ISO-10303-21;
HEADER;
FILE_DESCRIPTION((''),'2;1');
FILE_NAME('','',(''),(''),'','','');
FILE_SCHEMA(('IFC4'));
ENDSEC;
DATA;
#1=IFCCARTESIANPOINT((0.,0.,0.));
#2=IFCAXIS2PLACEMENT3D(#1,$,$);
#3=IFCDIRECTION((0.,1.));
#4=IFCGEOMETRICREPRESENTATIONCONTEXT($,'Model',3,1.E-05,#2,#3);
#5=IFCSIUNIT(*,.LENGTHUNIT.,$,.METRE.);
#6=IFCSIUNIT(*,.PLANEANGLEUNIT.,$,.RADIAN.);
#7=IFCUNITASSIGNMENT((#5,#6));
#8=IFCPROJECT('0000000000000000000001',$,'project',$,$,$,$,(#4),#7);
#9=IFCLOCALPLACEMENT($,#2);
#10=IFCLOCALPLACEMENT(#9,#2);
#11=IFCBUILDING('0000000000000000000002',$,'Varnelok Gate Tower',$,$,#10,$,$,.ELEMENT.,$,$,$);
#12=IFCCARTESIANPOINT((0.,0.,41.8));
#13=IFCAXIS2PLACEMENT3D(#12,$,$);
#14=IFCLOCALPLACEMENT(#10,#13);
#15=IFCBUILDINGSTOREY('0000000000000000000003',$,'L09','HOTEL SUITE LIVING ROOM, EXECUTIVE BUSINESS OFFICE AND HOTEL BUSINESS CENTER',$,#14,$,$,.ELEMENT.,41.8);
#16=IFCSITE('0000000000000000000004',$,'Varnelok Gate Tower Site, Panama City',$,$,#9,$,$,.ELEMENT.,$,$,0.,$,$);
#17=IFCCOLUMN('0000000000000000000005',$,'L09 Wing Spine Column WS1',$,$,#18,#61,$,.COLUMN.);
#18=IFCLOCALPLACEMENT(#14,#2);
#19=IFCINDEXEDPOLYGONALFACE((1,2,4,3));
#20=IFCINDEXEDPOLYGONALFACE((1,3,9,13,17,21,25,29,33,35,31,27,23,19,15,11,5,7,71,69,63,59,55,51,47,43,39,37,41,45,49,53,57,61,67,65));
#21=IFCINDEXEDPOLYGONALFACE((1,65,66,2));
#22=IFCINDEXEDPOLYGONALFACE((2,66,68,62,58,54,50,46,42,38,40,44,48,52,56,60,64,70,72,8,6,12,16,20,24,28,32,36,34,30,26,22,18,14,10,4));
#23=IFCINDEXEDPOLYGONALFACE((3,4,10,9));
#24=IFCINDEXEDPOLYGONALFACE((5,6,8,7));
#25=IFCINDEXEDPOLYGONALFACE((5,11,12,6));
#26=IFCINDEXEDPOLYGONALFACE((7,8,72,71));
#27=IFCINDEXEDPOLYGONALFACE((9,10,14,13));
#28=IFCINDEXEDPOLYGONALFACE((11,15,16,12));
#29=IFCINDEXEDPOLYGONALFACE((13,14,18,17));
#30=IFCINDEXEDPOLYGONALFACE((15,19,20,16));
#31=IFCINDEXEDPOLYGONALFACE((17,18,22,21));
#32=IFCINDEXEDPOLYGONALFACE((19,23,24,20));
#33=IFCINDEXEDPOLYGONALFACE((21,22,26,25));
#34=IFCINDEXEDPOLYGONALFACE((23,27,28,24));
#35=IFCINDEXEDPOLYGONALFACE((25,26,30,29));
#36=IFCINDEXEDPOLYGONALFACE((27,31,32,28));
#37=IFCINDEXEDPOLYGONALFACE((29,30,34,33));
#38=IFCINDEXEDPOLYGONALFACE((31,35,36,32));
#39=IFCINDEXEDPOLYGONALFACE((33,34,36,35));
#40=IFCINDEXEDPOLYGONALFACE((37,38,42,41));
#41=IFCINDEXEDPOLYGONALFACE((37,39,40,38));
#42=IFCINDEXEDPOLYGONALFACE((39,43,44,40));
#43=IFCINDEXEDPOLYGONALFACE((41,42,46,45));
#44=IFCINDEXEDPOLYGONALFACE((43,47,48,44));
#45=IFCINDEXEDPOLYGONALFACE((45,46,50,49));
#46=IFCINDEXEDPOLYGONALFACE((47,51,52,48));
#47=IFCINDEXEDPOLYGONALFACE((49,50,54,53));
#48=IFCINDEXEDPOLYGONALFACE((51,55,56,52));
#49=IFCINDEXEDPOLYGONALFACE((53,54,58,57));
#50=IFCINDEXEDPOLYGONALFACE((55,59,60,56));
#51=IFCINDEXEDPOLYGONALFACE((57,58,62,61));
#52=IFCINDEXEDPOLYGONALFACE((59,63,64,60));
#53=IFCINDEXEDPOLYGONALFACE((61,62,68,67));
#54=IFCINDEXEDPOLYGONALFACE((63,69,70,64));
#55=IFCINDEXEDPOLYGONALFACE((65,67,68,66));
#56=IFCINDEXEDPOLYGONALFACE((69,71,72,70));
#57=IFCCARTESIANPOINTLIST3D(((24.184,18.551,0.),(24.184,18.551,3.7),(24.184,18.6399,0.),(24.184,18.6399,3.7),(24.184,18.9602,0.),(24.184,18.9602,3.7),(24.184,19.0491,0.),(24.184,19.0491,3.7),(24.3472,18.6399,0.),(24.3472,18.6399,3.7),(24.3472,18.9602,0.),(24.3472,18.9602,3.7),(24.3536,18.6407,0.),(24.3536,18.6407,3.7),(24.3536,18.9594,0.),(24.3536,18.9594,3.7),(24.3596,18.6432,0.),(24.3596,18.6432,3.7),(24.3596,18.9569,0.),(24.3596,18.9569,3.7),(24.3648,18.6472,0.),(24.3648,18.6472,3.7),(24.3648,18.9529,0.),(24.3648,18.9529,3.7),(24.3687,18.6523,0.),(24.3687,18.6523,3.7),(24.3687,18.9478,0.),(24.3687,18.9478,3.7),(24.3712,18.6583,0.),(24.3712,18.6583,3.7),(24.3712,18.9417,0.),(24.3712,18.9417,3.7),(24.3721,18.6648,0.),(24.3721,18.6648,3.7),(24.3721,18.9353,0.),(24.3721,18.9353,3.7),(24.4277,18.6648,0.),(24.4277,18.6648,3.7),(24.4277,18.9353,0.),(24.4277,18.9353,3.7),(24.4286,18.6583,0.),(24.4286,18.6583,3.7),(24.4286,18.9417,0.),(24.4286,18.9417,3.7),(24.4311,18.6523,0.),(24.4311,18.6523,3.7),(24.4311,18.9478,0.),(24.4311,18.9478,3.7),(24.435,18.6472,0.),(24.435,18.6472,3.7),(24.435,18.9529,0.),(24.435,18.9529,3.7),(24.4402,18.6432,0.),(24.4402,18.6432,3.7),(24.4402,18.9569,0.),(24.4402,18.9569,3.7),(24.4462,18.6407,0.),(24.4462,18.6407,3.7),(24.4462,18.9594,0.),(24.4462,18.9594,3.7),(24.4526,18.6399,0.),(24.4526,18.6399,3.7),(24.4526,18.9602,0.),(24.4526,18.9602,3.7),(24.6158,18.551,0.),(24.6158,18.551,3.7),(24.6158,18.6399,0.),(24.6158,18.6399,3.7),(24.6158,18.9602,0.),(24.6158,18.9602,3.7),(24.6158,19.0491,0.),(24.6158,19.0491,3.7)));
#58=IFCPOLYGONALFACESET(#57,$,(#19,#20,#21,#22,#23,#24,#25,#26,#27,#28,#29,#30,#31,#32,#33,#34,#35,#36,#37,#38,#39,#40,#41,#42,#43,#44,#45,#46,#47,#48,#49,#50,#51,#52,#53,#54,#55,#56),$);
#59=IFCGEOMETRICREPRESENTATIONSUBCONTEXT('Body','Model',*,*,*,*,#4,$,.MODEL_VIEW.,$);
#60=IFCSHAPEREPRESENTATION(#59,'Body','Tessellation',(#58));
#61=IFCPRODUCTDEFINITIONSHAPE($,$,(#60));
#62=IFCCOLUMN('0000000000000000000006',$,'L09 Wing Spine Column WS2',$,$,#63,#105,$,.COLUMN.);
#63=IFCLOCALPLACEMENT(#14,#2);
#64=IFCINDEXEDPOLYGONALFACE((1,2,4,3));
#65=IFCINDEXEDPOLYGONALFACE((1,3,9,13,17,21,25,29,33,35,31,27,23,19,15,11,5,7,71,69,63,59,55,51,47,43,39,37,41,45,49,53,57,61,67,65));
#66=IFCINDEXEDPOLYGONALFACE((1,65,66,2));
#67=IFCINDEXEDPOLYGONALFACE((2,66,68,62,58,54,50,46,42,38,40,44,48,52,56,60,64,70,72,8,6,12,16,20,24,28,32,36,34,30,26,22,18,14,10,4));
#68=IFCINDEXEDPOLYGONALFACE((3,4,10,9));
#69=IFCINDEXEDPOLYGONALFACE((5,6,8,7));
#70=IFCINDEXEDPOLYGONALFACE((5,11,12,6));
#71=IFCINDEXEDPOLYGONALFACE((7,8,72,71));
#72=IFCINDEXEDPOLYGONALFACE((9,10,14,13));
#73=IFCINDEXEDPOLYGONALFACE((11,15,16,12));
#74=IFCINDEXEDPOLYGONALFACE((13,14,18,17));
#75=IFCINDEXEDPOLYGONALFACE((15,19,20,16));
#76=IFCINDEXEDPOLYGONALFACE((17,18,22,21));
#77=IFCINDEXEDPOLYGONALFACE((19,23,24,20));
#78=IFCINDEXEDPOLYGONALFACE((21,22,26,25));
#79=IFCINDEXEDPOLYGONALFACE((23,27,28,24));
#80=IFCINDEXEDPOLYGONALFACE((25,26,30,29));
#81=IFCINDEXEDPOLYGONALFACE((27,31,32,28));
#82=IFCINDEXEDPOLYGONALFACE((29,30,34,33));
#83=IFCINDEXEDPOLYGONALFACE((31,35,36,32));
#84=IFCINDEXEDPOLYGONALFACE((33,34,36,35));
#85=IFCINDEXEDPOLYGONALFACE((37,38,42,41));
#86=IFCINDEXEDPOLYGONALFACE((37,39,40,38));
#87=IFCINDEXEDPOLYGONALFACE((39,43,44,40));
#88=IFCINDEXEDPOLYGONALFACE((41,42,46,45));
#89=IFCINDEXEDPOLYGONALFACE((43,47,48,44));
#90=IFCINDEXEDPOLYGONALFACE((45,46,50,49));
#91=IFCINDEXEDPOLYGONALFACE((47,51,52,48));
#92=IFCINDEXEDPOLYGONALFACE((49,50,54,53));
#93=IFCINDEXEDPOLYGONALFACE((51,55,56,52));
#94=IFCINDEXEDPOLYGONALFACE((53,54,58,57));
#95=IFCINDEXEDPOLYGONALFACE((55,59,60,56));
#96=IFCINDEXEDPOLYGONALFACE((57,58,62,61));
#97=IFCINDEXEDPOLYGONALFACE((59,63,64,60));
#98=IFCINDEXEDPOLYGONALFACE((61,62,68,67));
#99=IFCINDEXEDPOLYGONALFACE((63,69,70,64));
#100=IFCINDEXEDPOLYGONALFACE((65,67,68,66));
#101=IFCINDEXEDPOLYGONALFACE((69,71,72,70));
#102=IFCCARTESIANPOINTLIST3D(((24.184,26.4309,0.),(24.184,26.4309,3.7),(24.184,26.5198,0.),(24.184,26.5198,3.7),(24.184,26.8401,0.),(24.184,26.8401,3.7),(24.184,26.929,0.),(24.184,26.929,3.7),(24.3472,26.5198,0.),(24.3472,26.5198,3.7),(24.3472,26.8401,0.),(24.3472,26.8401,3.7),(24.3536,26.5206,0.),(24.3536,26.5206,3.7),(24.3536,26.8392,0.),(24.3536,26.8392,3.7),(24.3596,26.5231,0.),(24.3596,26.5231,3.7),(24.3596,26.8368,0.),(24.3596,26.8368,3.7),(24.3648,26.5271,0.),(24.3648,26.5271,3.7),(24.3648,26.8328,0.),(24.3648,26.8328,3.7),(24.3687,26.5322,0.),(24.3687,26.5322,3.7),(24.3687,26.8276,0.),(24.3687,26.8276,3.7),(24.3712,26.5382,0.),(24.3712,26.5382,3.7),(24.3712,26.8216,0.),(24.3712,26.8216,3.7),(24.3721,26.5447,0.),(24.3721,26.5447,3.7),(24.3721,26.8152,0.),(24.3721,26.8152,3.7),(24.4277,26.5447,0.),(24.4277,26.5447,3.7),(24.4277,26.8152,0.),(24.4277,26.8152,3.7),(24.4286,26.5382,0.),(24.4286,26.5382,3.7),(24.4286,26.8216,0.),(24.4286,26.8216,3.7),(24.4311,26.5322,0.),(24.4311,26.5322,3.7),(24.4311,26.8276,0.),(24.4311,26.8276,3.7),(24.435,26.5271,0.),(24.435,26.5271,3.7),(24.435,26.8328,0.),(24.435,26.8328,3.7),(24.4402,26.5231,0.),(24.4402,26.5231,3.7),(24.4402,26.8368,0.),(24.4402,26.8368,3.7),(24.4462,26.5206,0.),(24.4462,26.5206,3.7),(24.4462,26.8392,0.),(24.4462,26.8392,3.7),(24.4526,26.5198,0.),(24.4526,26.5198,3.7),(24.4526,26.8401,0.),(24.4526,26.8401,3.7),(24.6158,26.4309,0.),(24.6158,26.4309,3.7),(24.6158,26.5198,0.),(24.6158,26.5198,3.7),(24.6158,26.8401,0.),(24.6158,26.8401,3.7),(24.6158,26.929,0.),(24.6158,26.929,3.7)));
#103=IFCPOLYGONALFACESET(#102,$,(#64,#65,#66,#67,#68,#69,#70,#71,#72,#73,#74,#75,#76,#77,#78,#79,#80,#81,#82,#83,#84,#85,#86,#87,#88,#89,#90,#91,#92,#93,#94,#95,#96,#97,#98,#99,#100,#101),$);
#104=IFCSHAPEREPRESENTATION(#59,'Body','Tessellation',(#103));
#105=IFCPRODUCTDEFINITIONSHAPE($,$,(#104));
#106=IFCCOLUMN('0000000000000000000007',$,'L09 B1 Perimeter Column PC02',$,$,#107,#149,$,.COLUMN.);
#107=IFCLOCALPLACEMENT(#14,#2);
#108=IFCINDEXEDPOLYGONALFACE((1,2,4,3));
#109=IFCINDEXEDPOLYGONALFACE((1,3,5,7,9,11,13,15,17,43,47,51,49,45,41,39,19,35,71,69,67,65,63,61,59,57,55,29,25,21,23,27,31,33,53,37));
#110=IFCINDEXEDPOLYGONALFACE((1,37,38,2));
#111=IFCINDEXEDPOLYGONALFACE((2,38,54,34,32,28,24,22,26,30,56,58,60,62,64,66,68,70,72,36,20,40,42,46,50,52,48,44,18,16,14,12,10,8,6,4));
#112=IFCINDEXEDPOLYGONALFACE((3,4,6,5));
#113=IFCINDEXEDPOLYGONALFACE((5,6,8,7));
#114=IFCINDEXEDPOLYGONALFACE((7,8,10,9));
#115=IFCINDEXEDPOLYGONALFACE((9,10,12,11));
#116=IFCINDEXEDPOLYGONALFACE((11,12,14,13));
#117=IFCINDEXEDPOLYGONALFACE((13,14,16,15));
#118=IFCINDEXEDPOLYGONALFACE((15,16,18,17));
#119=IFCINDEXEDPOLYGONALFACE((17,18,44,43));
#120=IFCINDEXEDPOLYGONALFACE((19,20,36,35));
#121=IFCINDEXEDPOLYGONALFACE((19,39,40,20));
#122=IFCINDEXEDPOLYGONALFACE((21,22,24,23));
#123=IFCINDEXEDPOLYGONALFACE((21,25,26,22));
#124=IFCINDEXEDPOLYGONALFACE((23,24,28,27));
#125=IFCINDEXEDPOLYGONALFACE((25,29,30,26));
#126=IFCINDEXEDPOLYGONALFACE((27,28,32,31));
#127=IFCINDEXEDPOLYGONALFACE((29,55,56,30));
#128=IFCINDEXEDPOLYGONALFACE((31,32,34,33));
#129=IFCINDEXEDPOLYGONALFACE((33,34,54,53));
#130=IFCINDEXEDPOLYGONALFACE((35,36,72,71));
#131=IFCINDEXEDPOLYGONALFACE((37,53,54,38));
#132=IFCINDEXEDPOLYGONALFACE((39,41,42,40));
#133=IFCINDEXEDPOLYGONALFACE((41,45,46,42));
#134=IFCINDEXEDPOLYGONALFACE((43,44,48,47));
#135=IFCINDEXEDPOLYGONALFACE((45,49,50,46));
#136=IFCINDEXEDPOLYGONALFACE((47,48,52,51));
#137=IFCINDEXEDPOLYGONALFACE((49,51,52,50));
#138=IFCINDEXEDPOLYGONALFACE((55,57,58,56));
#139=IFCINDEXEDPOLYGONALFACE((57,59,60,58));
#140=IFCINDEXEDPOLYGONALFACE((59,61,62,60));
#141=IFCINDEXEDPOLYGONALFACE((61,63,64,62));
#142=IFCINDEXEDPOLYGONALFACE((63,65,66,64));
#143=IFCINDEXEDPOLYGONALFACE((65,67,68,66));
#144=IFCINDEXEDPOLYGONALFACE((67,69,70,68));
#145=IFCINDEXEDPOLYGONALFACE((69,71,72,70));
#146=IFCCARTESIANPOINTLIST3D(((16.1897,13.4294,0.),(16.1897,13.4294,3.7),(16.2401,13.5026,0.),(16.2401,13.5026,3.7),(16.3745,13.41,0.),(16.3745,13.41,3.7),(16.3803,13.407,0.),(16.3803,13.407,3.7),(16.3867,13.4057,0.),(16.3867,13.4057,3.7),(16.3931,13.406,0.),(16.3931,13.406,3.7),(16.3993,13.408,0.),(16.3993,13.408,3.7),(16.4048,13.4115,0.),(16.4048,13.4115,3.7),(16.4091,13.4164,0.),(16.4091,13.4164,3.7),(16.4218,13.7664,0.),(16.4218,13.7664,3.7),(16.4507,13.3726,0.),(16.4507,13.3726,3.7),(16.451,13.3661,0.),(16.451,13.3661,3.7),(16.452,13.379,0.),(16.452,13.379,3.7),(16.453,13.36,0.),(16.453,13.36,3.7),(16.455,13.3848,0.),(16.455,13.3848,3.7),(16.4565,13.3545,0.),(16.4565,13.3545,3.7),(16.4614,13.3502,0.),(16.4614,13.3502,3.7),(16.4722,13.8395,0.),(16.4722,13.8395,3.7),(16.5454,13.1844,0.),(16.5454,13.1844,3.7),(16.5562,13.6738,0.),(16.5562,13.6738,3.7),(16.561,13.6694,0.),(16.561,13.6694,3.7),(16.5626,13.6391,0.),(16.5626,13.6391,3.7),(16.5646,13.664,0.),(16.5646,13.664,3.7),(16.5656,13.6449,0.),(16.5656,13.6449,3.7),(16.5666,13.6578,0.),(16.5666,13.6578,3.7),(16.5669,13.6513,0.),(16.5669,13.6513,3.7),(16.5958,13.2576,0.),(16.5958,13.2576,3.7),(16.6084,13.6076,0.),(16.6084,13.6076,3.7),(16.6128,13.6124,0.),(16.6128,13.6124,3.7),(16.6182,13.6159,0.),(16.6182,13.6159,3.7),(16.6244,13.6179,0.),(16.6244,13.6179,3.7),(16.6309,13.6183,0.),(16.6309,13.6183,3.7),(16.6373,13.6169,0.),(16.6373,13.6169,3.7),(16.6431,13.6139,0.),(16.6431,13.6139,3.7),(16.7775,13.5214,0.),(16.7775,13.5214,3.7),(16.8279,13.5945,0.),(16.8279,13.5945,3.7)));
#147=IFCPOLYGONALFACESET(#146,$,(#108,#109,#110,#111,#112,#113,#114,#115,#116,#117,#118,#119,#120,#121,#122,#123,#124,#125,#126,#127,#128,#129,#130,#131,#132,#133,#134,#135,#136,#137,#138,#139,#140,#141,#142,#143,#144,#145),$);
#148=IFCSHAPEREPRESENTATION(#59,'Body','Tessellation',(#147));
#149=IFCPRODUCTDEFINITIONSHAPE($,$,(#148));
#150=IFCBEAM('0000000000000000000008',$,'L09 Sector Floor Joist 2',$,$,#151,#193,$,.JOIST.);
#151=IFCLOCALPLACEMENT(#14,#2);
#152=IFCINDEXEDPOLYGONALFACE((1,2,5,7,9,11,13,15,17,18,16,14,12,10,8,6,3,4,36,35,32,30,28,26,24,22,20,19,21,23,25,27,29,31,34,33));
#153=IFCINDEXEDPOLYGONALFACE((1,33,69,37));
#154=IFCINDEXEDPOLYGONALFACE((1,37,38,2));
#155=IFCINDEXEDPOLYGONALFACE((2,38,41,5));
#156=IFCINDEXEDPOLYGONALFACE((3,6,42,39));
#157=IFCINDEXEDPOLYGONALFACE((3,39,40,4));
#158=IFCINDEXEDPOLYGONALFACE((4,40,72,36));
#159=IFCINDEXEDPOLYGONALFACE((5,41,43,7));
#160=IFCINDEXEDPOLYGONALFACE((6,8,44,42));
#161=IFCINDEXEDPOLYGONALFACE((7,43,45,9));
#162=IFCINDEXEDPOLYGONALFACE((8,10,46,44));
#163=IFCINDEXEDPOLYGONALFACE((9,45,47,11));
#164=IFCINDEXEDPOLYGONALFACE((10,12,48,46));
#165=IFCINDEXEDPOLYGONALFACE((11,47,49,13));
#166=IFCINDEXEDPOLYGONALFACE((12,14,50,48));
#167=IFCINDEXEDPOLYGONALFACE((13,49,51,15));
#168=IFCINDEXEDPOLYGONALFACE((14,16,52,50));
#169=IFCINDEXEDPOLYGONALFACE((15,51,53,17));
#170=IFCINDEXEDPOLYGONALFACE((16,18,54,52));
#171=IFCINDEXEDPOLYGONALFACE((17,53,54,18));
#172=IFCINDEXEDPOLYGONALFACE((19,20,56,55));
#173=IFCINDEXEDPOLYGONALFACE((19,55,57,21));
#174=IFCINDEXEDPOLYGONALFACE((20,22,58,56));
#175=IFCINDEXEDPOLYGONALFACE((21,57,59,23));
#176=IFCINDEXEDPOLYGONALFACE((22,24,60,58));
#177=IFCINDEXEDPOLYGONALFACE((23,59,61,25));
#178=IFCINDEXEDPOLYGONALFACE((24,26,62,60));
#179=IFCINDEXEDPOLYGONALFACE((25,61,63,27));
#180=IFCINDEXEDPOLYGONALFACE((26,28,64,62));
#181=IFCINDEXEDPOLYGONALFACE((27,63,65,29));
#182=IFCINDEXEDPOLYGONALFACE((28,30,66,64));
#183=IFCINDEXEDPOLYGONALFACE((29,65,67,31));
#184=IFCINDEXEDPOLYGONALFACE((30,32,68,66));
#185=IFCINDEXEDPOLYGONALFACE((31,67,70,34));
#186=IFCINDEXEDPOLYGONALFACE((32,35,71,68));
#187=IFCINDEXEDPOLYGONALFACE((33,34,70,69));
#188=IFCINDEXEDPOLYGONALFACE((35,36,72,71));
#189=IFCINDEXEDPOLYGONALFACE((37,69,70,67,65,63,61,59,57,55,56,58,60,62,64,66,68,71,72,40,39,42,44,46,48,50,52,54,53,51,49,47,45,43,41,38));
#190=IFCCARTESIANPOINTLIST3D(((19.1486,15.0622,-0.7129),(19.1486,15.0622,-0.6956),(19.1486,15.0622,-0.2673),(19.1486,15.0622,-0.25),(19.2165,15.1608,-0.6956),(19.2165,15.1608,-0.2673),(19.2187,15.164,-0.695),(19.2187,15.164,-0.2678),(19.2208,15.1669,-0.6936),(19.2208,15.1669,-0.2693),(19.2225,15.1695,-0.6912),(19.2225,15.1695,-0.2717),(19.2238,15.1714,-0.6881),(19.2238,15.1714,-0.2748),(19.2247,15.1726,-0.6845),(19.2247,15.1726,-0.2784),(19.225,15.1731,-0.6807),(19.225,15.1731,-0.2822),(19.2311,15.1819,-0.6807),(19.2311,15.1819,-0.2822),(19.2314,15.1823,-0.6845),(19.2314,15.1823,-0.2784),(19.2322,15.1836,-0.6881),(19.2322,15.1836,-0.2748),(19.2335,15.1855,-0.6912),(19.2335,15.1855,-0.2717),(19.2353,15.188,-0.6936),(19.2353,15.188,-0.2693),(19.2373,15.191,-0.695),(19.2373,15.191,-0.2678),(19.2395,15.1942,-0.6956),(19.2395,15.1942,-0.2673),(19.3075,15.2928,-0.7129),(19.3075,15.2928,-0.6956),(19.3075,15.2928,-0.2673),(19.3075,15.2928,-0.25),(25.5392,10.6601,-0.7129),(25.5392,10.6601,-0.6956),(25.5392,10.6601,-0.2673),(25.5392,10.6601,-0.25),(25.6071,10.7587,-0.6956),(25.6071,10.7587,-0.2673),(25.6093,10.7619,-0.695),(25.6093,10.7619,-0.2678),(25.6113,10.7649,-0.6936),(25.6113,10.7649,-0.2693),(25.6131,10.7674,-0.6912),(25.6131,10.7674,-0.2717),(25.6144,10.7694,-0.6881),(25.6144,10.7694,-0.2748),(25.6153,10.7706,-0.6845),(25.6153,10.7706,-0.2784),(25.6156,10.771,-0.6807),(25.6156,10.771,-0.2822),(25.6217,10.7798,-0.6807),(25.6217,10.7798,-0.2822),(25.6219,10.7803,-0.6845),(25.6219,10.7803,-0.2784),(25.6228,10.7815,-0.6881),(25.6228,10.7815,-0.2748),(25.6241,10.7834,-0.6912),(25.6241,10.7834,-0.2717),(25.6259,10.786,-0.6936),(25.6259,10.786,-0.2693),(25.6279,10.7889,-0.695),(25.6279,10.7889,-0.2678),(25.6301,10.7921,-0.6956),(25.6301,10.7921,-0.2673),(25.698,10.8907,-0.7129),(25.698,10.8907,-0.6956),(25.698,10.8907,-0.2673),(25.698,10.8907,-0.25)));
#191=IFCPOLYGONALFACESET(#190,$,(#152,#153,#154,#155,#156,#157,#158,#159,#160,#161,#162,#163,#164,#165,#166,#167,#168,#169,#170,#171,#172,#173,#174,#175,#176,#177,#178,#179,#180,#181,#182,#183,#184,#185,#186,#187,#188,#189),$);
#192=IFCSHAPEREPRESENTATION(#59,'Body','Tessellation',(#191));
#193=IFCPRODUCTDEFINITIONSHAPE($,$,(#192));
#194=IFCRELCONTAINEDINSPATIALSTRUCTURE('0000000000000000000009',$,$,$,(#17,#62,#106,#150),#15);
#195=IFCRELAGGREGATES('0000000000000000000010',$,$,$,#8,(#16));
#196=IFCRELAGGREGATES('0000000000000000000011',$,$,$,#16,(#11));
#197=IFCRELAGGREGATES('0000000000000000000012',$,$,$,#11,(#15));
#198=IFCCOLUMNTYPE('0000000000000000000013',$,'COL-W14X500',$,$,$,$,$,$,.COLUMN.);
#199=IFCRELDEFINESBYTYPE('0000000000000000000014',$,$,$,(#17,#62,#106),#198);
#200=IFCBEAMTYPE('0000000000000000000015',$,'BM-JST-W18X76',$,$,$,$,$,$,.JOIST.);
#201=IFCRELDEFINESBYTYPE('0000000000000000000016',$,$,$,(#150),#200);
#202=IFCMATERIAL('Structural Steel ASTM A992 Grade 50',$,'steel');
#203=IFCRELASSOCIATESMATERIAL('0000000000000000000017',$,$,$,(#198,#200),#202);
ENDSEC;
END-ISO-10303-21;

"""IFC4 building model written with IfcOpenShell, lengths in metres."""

from ifc_helpers import new_model, si_unit, direction, frame, origin, origin_2d, place, context, subcontext, project, spatial, i_section, extrude, material, material_profile, profile_set, type_object, element, save


model = new_model("IFC4")

# Units and contexts
model_context = context("Model", 3, precision=1e-05, world=origin(), true_north=direction((0.0, 1.0)))
body_context = subcontext(model_context, "Body", "Model", "MODEL_VIEW")
ifc_project = project(units=[si_unit("LENGTHUNIT", "METRE"), si_unit("PLANEANGLEUNIT", "RADIAN")], contexts=[model_context])

# Site, building, storey
site_placement = place(None, origin())
site = spatial("IfcSite", under=ifc_project, at=site_placement, Name="Varnelok Gate Tower Site, Panama City", CompositionType="ELEMENT", RefElevation=0.0)
building_placement = place(site_placement, origin())
building = spatial("IfcBuilding", under=site, at=building_placement, Name="Varnelok Gate Tower", CompositionType="ELEMENT")
storey_placement = place(building_placement, frame((0.0, 0.0, 41.8)))
storey = spatial("IfcBuildingStorey", under=building, at=storey_placement, Name="L09", Description="HOTEL SUITE LIVING ROOM, EXECUTIVE BUSINESS OFFICE AND HOTEL BUSINESS CENTER", CompositionType="ELEMENT", Elevation=41.8)

# Columns
ifc_material_1 = material(Name="Structural Steel ASTM A992 Grade 50", Category="steel")
ifc_material_profile_1 = material_profile(ifc_material_1, i_section(OverallWidth=0.4319, OverallDepth=0.498, WebThickness=0.0557, FlangeThickness=0.0889, FilletRadius=0.0249, at=origin_2d()), Name="W14X500")
ifc_profile_set_1 = profile_set([ifc_material_profile_1], Name="Structural Steel ASTM A992 Grade 50")
column_type = type_object("IfcColumnType", Name="COL-W14X500", PredefinedType="COLUMN", material=ifc_profile_set_1)
for number, where, z_axis, x_axis, name in (
    (1, (24.3999, 18.8, 0.0), (0.0, 0.0, 1.0), (1.0, 0.0, 0.0), "L09 Wing Spine Column WS1"),
    (2, (24.3999, 26.6799, 0.0), (0.0, 0.0, 1.0), (1.0, 0.0, 0.0), "L09 Wing Spine Column WS2"),
    (3, (16.5088, 13.512, 0.0), (0.0, 0.0, 1.0), (0.823533, -0.567269, 0.0), "L09 B1 Perimeter Column PC02"),
):
    element("IfcColumn", number, at=place(storey_placement, frame(where, z_axis=z_axis, x_axis=x_axis)), inside=storey, type_object=column_type, Name=name, PredefinedType="COLUMN", context=body_context, shape_type="SweptSolid", body=[
        extrude(i_section(OverallWidth=0.4319, OverallDepth=0.498, WebThickness=0.0557, FlangeThickness=0.0889, FilletRadius=0.0249, at=origin_2d()), origin(), (0.0, 0.0, 1.0), 3.7),
    ])

# Beam
ifc_material_profile_2 = material_profile(ifc_material_1, i_section(OverallWidth=0.28, OverallDepth=0.4629, WebThickness=0.0107, FlangeThickness=0.0173, FilletRadius=0.0149, at=origin_2d()), Name="W18X76")
ifc_profile_set_2 = profile_set([ifc_material_profile_2], Name="Structural Steel ASTM A992 Grade 50")
beam_type_1 = type_object("IfcBeamType", Name="BM-JST-W18X76", PredefinedType="JOIST", material=ifc_profile_set_2)
beam_1_placement = place(storey_placement, frame((19.228, 15.1775, -0.4814), z_axis=(0.823528, -0.567276, 0.0), x_axis=(0.567276, 0.823528, 0.0)))
element("IfcBeam", 4, at=beam_1_placement, inside=storey, type_object=beam_type_1, Name="L09 Sector Floor Joist 2", PredefinedType="JOIST", context=body_context, shape_type="SweptSolid", body=[
    extrude(i_section(OverallWidth=0.28, OverallDepth=0.4629, WebThickness=0.0107, FlangeThickness=0.0173, FilletRadius=0.0149, at=origin_2d()), origin(), (0.0, 0.0, 1.0), 7.76),
])

save(model, "model.ifc")
